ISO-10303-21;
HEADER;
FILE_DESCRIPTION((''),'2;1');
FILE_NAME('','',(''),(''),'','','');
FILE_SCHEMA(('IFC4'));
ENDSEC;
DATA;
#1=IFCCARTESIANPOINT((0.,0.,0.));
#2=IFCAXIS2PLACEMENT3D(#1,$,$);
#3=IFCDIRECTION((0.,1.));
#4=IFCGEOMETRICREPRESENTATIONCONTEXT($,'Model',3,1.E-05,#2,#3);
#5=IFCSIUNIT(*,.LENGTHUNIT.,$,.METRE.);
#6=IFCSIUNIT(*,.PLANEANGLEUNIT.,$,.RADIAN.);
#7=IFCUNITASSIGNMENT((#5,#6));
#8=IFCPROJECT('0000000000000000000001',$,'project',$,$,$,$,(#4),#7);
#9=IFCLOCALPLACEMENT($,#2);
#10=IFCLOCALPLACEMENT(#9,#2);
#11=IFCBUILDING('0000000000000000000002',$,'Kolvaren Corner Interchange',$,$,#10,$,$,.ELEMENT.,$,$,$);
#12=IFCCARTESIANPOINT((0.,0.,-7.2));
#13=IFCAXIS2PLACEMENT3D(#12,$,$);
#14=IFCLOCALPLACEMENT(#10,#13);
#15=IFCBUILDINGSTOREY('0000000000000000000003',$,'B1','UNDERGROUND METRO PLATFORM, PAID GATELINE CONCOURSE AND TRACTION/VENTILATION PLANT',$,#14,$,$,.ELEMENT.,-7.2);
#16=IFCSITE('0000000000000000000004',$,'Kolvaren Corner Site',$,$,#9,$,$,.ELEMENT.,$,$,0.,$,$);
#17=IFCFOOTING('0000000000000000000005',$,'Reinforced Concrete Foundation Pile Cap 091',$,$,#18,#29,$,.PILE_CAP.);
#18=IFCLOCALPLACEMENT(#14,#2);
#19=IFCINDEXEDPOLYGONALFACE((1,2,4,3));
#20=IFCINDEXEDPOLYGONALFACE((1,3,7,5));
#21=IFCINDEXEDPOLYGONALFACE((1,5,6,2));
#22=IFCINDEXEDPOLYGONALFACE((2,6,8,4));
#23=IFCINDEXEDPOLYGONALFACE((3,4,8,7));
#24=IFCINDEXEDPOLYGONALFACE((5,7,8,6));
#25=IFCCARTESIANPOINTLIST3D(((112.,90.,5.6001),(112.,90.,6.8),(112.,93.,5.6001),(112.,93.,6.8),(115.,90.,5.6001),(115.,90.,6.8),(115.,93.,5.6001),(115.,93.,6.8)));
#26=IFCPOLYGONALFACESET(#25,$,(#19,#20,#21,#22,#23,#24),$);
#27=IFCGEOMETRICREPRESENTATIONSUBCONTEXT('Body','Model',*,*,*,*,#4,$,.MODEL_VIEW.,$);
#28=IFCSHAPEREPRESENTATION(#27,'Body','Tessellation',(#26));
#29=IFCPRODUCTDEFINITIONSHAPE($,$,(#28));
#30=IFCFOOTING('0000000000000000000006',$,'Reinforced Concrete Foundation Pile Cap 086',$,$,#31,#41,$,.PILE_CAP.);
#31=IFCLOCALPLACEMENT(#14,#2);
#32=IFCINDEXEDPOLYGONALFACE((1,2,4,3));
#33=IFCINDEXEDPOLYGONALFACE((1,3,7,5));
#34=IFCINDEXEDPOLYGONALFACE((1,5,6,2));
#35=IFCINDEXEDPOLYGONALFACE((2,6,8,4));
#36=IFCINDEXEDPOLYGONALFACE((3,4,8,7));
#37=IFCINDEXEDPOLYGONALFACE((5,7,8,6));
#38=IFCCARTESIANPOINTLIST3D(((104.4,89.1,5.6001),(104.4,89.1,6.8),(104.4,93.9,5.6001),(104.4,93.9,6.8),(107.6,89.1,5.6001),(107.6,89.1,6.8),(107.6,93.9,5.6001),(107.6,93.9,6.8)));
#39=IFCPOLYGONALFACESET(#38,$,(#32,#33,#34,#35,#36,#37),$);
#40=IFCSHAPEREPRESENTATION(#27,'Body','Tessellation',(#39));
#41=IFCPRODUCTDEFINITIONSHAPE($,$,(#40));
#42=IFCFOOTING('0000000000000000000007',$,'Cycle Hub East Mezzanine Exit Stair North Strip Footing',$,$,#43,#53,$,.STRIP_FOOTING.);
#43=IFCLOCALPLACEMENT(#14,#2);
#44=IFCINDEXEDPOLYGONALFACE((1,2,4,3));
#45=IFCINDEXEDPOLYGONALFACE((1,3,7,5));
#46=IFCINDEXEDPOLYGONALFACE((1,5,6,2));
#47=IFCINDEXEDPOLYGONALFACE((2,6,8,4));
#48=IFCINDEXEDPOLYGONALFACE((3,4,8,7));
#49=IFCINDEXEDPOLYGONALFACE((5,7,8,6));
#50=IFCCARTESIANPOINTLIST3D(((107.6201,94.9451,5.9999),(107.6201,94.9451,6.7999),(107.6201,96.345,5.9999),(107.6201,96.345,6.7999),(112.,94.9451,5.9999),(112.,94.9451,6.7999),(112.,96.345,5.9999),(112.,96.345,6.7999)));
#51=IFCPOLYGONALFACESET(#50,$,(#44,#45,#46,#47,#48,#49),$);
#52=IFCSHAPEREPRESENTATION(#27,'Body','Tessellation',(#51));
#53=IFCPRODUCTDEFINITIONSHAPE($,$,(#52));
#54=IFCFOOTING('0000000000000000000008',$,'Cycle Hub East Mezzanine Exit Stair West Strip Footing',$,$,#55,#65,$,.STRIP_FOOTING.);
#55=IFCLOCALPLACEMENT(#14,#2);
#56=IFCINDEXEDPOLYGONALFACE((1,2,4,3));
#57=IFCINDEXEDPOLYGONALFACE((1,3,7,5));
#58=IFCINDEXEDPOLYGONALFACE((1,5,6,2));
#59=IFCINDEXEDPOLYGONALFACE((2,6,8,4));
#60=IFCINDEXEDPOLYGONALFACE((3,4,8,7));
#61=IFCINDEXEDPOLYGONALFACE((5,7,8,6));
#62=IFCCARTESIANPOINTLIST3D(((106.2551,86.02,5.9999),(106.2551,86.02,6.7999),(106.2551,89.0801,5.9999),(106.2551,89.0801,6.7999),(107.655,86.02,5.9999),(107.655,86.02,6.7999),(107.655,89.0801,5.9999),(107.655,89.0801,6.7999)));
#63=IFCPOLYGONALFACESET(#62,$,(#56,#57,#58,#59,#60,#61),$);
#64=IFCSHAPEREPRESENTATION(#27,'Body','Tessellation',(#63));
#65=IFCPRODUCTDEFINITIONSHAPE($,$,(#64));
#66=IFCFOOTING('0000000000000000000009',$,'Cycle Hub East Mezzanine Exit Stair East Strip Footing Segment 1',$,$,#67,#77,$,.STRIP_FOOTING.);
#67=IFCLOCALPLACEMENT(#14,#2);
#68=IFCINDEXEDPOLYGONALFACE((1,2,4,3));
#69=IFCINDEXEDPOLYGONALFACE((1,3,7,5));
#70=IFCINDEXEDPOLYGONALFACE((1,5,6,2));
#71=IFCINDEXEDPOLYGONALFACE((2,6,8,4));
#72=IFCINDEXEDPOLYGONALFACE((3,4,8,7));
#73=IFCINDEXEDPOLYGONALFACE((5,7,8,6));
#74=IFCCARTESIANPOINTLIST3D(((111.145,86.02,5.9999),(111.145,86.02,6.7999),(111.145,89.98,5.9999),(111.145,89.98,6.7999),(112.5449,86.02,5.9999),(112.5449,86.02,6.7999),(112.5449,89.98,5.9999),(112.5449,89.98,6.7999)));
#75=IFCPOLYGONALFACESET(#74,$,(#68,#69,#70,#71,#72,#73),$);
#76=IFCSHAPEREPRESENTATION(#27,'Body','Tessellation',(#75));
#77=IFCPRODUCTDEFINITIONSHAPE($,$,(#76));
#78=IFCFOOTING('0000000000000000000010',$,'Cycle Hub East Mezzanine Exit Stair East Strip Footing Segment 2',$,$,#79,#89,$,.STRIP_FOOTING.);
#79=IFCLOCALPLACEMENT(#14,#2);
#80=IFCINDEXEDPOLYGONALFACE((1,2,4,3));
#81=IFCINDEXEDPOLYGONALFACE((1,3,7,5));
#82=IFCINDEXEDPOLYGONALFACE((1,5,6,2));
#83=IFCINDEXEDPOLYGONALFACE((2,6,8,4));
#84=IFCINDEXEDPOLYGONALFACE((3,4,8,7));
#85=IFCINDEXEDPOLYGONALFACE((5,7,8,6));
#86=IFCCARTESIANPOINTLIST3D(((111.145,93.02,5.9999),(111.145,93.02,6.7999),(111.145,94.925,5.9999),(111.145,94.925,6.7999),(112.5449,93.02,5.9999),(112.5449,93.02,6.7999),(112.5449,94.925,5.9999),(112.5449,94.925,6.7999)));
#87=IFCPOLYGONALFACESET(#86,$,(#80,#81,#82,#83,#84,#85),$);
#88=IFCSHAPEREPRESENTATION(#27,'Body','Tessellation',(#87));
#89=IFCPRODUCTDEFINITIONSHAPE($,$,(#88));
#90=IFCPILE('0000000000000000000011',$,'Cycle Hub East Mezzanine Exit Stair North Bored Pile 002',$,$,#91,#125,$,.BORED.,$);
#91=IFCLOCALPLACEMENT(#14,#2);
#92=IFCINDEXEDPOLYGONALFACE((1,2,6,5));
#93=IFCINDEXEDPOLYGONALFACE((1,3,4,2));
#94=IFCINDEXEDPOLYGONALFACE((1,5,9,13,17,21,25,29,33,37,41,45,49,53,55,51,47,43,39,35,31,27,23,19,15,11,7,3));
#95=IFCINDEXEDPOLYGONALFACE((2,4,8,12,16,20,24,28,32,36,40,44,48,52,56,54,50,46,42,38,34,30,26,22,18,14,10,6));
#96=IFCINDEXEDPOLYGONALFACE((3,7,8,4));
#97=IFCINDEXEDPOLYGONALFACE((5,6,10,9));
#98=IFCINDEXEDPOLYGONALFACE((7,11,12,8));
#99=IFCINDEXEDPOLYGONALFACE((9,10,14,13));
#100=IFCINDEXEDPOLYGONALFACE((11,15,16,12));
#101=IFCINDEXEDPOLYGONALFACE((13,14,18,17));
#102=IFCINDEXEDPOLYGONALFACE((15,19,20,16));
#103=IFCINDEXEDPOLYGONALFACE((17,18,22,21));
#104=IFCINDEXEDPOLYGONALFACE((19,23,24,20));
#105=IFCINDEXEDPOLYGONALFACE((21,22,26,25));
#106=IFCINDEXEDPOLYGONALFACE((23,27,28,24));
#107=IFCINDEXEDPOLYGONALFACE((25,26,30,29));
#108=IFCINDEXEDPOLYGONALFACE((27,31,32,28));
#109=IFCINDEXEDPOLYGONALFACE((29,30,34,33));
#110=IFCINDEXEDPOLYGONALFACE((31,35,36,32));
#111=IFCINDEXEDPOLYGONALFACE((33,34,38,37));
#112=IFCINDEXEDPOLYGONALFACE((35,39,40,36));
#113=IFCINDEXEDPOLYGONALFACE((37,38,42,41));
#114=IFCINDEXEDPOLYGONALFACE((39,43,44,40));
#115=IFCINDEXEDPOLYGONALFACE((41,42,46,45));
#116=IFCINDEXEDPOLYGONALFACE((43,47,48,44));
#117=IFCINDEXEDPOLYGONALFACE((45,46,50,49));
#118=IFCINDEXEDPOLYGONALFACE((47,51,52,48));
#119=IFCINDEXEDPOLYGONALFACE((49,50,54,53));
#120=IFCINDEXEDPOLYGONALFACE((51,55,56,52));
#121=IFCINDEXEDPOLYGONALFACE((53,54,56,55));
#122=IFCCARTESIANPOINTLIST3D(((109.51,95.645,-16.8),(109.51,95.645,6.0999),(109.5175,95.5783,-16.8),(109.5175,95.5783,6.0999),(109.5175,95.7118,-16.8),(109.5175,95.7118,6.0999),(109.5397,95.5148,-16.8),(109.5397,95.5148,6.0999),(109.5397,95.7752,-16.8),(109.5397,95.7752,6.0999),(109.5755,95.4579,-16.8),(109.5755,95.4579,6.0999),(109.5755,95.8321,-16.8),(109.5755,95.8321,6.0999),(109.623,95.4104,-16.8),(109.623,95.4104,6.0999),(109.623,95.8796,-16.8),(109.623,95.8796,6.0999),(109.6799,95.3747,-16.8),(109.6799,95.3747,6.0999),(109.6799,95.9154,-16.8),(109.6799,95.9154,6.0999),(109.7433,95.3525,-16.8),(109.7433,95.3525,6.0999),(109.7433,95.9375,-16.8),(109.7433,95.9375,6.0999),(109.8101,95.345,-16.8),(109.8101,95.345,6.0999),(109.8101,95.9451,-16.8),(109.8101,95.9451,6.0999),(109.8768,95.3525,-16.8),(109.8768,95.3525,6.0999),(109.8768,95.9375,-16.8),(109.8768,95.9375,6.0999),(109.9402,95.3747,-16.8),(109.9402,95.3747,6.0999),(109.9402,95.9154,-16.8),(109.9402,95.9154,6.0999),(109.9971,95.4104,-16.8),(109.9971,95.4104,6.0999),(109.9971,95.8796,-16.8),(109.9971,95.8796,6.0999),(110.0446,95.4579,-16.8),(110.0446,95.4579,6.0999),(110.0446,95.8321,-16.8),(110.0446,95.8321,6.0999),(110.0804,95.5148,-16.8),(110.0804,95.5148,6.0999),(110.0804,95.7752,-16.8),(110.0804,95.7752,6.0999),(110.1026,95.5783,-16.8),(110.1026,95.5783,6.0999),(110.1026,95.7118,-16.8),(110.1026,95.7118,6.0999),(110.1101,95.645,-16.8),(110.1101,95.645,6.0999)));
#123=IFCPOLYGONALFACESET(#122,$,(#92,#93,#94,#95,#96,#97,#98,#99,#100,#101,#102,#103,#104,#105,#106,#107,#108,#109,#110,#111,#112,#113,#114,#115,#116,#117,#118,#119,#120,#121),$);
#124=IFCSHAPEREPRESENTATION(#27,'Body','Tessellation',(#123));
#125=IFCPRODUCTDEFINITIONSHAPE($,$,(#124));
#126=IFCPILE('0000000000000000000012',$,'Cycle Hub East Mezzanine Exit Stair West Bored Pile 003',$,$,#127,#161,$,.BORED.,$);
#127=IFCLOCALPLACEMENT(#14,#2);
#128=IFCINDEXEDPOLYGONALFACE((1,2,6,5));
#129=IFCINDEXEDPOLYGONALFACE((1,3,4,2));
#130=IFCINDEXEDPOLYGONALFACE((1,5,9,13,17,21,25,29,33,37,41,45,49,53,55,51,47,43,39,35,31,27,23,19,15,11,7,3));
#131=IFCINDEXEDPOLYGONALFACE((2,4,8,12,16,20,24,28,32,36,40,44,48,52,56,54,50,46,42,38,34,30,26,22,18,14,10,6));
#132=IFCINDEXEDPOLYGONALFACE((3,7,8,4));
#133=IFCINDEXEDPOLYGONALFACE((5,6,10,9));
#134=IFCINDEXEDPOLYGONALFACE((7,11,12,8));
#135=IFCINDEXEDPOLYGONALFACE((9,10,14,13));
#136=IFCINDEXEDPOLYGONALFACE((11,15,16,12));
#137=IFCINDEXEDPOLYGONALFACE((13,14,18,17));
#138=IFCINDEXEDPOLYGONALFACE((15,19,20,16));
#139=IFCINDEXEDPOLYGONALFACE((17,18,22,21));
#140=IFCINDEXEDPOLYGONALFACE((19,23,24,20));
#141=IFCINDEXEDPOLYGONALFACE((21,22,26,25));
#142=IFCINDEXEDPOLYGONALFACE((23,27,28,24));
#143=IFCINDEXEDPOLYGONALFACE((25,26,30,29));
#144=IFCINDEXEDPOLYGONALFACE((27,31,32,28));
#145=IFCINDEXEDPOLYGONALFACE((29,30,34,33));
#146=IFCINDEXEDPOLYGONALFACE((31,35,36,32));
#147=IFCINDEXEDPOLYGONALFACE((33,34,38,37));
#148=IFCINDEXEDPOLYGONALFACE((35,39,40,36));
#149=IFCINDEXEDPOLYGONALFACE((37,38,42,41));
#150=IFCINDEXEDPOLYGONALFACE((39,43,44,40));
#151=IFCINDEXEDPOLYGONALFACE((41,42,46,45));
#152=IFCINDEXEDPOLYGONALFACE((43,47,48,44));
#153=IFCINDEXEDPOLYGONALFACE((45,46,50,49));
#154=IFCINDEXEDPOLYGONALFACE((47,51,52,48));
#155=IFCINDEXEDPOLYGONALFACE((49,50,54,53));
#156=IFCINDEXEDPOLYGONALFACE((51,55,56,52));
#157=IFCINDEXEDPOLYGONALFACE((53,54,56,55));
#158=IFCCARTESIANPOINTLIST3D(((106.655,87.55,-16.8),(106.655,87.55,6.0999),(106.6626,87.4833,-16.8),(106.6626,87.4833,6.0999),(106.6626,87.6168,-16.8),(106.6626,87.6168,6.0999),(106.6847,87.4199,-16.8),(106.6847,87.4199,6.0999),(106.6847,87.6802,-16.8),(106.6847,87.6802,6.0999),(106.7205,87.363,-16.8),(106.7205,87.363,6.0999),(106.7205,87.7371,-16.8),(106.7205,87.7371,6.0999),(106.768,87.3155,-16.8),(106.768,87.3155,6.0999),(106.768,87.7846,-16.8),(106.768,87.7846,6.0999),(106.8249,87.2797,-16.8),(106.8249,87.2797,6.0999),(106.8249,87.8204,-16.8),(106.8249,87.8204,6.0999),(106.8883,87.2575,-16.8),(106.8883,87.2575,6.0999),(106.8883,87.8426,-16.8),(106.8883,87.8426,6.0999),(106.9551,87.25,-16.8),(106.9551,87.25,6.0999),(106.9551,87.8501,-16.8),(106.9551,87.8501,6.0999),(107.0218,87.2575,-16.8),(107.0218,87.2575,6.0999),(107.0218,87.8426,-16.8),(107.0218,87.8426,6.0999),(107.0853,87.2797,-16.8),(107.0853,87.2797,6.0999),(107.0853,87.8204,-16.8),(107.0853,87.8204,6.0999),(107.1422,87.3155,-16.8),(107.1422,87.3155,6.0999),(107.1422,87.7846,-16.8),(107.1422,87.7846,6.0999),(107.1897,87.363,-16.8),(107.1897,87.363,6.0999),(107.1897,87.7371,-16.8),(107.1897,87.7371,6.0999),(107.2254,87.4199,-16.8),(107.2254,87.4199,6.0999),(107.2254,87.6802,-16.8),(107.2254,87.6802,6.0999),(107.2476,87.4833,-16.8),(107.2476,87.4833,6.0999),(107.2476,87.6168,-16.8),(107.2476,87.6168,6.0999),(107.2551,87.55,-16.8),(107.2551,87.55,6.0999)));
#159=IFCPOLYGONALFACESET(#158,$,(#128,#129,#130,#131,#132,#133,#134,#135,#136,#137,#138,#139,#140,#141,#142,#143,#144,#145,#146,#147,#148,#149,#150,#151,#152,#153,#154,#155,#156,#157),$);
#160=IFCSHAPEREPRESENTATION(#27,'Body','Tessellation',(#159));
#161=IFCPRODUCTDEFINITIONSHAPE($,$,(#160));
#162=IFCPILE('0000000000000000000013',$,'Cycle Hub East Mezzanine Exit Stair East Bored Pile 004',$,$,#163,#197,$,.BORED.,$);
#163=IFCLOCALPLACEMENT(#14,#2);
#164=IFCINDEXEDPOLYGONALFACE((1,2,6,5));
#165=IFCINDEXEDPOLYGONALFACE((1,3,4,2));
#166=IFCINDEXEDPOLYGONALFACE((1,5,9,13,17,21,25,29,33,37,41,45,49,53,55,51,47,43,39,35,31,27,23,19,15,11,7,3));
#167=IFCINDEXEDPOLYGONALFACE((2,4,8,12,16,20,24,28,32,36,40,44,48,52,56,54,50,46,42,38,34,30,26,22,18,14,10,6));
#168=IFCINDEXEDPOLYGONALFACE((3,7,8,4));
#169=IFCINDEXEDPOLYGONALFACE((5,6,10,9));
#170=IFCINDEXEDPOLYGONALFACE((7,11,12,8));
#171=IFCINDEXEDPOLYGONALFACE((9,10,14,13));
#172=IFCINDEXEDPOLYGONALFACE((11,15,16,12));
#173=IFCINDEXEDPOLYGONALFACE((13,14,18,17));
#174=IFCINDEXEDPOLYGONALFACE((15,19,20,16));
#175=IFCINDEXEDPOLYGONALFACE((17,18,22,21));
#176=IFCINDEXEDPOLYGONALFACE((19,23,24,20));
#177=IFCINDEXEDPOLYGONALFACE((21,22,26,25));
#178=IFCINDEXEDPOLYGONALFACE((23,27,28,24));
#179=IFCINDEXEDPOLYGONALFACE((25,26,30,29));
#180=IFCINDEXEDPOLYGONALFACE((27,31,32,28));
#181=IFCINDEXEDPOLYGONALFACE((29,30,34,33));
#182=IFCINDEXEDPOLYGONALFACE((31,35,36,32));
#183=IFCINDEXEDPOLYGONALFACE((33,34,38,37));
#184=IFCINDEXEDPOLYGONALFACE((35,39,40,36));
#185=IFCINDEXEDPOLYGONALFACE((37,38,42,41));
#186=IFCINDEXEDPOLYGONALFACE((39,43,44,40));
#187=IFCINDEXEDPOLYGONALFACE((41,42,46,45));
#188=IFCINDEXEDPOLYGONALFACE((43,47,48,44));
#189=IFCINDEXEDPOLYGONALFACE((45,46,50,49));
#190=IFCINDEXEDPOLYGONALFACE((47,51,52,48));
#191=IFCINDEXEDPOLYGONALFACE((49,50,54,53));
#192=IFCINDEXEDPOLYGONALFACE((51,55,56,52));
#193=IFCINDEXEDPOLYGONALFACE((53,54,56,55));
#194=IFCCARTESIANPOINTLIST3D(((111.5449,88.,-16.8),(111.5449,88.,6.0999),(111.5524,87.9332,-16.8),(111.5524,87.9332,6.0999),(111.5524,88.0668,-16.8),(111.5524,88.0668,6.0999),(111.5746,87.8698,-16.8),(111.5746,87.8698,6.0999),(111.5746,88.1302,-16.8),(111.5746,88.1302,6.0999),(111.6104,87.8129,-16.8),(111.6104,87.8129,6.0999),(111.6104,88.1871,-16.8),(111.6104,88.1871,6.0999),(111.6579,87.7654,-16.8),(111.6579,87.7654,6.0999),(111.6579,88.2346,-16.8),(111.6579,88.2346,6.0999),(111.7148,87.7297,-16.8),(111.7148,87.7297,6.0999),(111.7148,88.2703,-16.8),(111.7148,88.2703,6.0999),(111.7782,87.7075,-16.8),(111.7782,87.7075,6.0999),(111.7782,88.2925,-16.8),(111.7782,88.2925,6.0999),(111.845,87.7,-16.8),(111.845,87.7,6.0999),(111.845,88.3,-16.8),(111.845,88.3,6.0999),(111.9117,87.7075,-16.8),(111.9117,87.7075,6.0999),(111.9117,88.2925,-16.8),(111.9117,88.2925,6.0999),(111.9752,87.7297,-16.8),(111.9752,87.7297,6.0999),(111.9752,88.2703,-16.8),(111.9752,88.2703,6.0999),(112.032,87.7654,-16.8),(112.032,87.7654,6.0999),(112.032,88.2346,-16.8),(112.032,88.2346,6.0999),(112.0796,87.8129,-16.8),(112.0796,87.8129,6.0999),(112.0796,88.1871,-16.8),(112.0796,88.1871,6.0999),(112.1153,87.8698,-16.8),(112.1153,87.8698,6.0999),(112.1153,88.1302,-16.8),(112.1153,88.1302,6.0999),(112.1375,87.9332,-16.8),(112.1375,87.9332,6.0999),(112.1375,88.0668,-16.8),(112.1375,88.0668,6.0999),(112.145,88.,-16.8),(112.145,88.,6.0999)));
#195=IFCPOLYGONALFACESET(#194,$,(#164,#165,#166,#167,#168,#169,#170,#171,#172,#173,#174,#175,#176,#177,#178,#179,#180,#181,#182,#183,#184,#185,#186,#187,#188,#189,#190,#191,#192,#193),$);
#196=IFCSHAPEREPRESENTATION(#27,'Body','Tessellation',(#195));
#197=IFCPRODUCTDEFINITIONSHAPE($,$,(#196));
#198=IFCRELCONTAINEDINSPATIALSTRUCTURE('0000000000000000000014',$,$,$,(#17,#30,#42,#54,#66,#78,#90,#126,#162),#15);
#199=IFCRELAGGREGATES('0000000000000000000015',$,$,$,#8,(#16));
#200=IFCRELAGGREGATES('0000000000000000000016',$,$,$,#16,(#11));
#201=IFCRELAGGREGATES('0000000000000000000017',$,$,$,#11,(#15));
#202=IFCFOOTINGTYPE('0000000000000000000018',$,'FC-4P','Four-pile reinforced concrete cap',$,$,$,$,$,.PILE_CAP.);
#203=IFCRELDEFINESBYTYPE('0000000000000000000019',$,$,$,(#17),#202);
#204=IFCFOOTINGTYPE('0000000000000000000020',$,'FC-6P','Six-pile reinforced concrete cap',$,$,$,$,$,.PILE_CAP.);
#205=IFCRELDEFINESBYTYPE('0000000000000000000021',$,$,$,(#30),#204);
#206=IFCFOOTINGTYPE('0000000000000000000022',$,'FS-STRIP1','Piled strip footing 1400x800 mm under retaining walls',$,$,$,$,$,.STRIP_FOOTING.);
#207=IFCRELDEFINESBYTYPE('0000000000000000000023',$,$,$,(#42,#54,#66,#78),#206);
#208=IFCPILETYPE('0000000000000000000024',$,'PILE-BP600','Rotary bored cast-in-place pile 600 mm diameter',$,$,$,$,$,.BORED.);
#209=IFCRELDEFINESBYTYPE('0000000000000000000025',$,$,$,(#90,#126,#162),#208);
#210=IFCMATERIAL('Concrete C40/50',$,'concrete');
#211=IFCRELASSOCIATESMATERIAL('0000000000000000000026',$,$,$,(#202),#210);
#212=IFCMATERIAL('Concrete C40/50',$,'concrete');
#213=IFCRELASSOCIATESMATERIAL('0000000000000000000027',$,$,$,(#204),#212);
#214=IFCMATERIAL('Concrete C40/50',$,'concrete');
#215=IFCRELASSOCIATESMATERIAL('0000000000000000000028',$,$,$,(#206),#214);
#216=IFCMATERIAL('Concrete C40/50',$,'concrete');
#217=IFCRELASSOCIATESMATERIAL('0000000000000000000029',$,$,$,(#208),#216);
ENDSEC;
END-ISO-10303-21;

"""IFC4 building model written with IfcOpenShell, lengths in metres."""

from ifc_helpers import new_model, si_unit, direction, frame, origin, origin_2d, place, context, subcontext, project, spatial, rectangle, circle, extrude, material, material_profile, profile_set, type_object, element, save


model = new_model("IFC4")

# Units and contexts
model_context = context("Model", 3, precision=1e-05, world=origin(), true_north=direction((0.0, 1.0)))
body_context = subcontext(model_context, "Body", "Model", "MODEL_VIEW")
ifc_project = project(units=[si_unit("LENGTHUNIT", "METRE"), si_unit("PLANEANGLEUNIT", "RADIAN")], contexts=[model_context])

# Site, building, storey
site_placement = place(None, origin())
site = spatial("IfcSite", under=ifc_project, at=site_placement, Name="Kolvaren Corner Site", CompositionType="ELEMENT", RefElevation=0.0)
building_placement = place(site_placement, origin())
building = spatial("IfcBuilding", under=site, at=building_placement, Name="Kolvaren Corner Interchange", CompositionType="ELEMENT")
storey_placement = place(building_placement, frame((0.0, 0.0, -7.2)))
storey = spatial("IfcBuildingStorey", under=building, at=storey_placement, Name="B1", Description="UNDERGROUND METRO PLATFORM, PAID GATELINE CONCOURSE AND TRACTION/VENTILATION PLANT", CompositionType="ELEMENT", Elevation=-7.2)

# Footings
ifc_material_1 = material(Name="Concrete C40/50", Category="concrete")
footing_type_1 = type_object("IfcFootingType", Name="FC-4P", Description="Four-pile reinforced concrete cap", PredefinedType="PILE_CAP", material=ifc_material_1)
footing_1_placement = place(storey_placement, frame((113.5, 91.5, 5.6001), z_axis=(0.0, 0.0, 1.0), x_axis=(1.0, 0.0, 0.0)))
element("IfcFooting", 1, at=footing_1_placement, inside=storey, type_object=footing_type_1, Name="Reinforced Concrete Foundation Pile Cap 091", PredefinedType="PILE_CAP", context=body_context, shape_type="SweptSolid", body=[
    extrude(rectangle(XDim=3.0, YDim=3.0, at=origin_2d()), origin(), (0.0, 0.0, 1.0), 1.2),
])
ifc_material_2 = material(Name="Concrete C40/50", Category="concrete")
footing_type_2 = type_object("IfcFootingType", Name="FC-6P", Description="Six-pile reinforced concrete cap", PredefinedType="PILE_CAP", material=ifc_material_2)
footing_2_placement = place(storey_placement, frame((106.0, 91.5, 5.6001), z_axis=(0.0, 0.0, 1.0), x_axis=(1.0, 0.0, 0.0)))
element("IfcFooting", 2, at=footing_2_placement, inside=storey, type_object=footing_type_2, Name="Reinforced Concrete Foundation Pile Cap 086", PredefinedType="PILE_CAP", context=body_context, shape_type="SweptSolid", body=[
    extrude(rectangle(XDim=3.2, YDim=4.8, at=origin_2d()), origin(), (0.0, 0.0, 1.0), 1.2),
])
ifc_material_3 = material(Name="Concrete C40/50", Category="concrete")
ifc_material_profile_1 = material_profile(ifc_material_3, rectangle(XDim=1.3999, YDim=0.8, at=origin_2d()), Name="STRIP 1400x800")
ifc_profile_set_1 = profile_set([ifc_material_profile_1], Name="Concrete C40/50")
footing_type_3 = type_object("IfcFootingType", Name="FS-STRIP1", Description="Piled strip footing 1400x800 mm under retaining walls", PredefinedType="STRIP_FOOTING", material=ifc_profile_set_1)
footing_3_placement = place(storey_placement, frame((107.6201, 95.645, 6.3999), z_axis=(1.0, 0.0, 0.0), x_axis=(0.0, 1.0, 0.0)))
element("IfcFooting", 3, at=footing_3_placement, inside=storey, type_object=footing_type_3, Name="Cycle Hub East Mezzanine Exit Stair North Strip Footing", PredefinedType="STRIP_FOOTING", context=body_context, shape_type="SweptSolid", body=[
    extrude(rectangle(XDim=1.3999, YDim=0.8, at=origin_2d()), origin(), (0.0, 0.0, 1.0), 4.3799),
])
footing_4_placement = place(storey_placement, frame((106.9551, 86.02, 6.3999), z_axis=(0.0, 1.0, 0.0), x_axis=(-1.0, 0.0, 0.0)))
element("IfcFooting", 4, at=footing_4_placement, inside=storey, type_object=footing_type_3, Name="Cycle Hub East Mezzanine Exit Stair West Strip Footing", PredefinedType="STRIP_FOOTING", context=body_context, shape_type="SweptSolid", body=[
    extrude(rectangle(XDim=1.3999, YDim=0.8, at=origin_2d()), origin(), (0.0, 0.0, 1.0), 3.0601),
])
footing_5_placement = place(storey_placement, frame((111.845, 86.02, 6.3999), z_axis=(0.0, 1.0, 0.0), x_axis=(-1.0, 0.0, 0.0)))
element("IfcFooting", 5, at=footing_5_placement, inside=storey, type_object=footing_type_3, Name="Cycle Hub East Mezzanine Exit Stair East Strip Footing Segment 1", PredefinedType="STRIP_FOOTING", context=body_context, shape_type="SweptSolid", body=[
    extrude(rectangle(XDim=1.3999, YDim=0.8, at=origin_2d()), origin(), (0.0, 0.0, 1.0), 3.96),
])
footing_6_placement = place(storey_placement, frame((111.845, 93.02, 6.3999), z_axis=(0.0, 1.0, 0.0), x_axis=(-1.0, 0.0, 0.0)))
element("IfcFooting", 6, at=footing_6_placement, inside=storey, type_object=footing_type_3, Name="Cycle Hub East Mezzanine Exit Stair East Strip Footing Segment 2", PredefinedType="STRIP_FOOTING", context=body_context, shape_type="SweptSolid", body=[
    extrude(rectangle(XDim=1.3999, YDim=0.8, at=origin_2d()), origin(), (0.0, 0.0, 1.0), 1.905),
])

# Piles
ifc_material_4 = material(Name="Concrete C40/50", Category="concrete")
ifc_material_profile_2 = material_profile(ifc_material_4, circle(Radius=0.3, at=origin_2d()), Name="BORED PILE 600")
ifc_profile_set_2 = profile_set([ifc_material_profile_2], Name="Concrete C40/50")
pile_type_1 = type_object("IfcPileType", Name="PILE-BP600", Description="Rotary bored cast-in-place pile 600 mm diameter", PredefinedType="BORED", material=ifc_profile_set_2)
for number, where, z_axis, x_axis, name in (
    (7, (109.8101, 95.645, 6.0999), (0.0, 0.0, -1.0), (1.0, 0.0, 0.0), "Cycle Hub East Mezzanine Exit Stair North Bored Pile 002"),
    (8, (106.9551, 87.55, 6.0999), (0.0, 0.0, -1.0), (1.0, 0.0, 0.0), "Cycle Hub East Mezzanine Exit Stair West Bored Pile 003"),
    (9, (111.845, 88.0, 6.0999), (0.0, 0.0, -1.0), (1.0, 0.0, 0.0), "Cycle Hub East Mezzanine Exit Stair East Bored Pile 004"),
):
    element("IfcPile", number, at=place(storey_placement, frame(where, z_axis=z_axis, x_axis=x_axis)), inside=storey, type_object=pile_type_1, Name=name, PredefinedType="BORED", context=body_context, shape_type="SweptSolid", body=[
        extrude(circle(Radius=0.3, at=origin_2d()), origin(), (0.0, 0.0, 1.0), 22.8999),
    ])

save(model, "model.ifc")
